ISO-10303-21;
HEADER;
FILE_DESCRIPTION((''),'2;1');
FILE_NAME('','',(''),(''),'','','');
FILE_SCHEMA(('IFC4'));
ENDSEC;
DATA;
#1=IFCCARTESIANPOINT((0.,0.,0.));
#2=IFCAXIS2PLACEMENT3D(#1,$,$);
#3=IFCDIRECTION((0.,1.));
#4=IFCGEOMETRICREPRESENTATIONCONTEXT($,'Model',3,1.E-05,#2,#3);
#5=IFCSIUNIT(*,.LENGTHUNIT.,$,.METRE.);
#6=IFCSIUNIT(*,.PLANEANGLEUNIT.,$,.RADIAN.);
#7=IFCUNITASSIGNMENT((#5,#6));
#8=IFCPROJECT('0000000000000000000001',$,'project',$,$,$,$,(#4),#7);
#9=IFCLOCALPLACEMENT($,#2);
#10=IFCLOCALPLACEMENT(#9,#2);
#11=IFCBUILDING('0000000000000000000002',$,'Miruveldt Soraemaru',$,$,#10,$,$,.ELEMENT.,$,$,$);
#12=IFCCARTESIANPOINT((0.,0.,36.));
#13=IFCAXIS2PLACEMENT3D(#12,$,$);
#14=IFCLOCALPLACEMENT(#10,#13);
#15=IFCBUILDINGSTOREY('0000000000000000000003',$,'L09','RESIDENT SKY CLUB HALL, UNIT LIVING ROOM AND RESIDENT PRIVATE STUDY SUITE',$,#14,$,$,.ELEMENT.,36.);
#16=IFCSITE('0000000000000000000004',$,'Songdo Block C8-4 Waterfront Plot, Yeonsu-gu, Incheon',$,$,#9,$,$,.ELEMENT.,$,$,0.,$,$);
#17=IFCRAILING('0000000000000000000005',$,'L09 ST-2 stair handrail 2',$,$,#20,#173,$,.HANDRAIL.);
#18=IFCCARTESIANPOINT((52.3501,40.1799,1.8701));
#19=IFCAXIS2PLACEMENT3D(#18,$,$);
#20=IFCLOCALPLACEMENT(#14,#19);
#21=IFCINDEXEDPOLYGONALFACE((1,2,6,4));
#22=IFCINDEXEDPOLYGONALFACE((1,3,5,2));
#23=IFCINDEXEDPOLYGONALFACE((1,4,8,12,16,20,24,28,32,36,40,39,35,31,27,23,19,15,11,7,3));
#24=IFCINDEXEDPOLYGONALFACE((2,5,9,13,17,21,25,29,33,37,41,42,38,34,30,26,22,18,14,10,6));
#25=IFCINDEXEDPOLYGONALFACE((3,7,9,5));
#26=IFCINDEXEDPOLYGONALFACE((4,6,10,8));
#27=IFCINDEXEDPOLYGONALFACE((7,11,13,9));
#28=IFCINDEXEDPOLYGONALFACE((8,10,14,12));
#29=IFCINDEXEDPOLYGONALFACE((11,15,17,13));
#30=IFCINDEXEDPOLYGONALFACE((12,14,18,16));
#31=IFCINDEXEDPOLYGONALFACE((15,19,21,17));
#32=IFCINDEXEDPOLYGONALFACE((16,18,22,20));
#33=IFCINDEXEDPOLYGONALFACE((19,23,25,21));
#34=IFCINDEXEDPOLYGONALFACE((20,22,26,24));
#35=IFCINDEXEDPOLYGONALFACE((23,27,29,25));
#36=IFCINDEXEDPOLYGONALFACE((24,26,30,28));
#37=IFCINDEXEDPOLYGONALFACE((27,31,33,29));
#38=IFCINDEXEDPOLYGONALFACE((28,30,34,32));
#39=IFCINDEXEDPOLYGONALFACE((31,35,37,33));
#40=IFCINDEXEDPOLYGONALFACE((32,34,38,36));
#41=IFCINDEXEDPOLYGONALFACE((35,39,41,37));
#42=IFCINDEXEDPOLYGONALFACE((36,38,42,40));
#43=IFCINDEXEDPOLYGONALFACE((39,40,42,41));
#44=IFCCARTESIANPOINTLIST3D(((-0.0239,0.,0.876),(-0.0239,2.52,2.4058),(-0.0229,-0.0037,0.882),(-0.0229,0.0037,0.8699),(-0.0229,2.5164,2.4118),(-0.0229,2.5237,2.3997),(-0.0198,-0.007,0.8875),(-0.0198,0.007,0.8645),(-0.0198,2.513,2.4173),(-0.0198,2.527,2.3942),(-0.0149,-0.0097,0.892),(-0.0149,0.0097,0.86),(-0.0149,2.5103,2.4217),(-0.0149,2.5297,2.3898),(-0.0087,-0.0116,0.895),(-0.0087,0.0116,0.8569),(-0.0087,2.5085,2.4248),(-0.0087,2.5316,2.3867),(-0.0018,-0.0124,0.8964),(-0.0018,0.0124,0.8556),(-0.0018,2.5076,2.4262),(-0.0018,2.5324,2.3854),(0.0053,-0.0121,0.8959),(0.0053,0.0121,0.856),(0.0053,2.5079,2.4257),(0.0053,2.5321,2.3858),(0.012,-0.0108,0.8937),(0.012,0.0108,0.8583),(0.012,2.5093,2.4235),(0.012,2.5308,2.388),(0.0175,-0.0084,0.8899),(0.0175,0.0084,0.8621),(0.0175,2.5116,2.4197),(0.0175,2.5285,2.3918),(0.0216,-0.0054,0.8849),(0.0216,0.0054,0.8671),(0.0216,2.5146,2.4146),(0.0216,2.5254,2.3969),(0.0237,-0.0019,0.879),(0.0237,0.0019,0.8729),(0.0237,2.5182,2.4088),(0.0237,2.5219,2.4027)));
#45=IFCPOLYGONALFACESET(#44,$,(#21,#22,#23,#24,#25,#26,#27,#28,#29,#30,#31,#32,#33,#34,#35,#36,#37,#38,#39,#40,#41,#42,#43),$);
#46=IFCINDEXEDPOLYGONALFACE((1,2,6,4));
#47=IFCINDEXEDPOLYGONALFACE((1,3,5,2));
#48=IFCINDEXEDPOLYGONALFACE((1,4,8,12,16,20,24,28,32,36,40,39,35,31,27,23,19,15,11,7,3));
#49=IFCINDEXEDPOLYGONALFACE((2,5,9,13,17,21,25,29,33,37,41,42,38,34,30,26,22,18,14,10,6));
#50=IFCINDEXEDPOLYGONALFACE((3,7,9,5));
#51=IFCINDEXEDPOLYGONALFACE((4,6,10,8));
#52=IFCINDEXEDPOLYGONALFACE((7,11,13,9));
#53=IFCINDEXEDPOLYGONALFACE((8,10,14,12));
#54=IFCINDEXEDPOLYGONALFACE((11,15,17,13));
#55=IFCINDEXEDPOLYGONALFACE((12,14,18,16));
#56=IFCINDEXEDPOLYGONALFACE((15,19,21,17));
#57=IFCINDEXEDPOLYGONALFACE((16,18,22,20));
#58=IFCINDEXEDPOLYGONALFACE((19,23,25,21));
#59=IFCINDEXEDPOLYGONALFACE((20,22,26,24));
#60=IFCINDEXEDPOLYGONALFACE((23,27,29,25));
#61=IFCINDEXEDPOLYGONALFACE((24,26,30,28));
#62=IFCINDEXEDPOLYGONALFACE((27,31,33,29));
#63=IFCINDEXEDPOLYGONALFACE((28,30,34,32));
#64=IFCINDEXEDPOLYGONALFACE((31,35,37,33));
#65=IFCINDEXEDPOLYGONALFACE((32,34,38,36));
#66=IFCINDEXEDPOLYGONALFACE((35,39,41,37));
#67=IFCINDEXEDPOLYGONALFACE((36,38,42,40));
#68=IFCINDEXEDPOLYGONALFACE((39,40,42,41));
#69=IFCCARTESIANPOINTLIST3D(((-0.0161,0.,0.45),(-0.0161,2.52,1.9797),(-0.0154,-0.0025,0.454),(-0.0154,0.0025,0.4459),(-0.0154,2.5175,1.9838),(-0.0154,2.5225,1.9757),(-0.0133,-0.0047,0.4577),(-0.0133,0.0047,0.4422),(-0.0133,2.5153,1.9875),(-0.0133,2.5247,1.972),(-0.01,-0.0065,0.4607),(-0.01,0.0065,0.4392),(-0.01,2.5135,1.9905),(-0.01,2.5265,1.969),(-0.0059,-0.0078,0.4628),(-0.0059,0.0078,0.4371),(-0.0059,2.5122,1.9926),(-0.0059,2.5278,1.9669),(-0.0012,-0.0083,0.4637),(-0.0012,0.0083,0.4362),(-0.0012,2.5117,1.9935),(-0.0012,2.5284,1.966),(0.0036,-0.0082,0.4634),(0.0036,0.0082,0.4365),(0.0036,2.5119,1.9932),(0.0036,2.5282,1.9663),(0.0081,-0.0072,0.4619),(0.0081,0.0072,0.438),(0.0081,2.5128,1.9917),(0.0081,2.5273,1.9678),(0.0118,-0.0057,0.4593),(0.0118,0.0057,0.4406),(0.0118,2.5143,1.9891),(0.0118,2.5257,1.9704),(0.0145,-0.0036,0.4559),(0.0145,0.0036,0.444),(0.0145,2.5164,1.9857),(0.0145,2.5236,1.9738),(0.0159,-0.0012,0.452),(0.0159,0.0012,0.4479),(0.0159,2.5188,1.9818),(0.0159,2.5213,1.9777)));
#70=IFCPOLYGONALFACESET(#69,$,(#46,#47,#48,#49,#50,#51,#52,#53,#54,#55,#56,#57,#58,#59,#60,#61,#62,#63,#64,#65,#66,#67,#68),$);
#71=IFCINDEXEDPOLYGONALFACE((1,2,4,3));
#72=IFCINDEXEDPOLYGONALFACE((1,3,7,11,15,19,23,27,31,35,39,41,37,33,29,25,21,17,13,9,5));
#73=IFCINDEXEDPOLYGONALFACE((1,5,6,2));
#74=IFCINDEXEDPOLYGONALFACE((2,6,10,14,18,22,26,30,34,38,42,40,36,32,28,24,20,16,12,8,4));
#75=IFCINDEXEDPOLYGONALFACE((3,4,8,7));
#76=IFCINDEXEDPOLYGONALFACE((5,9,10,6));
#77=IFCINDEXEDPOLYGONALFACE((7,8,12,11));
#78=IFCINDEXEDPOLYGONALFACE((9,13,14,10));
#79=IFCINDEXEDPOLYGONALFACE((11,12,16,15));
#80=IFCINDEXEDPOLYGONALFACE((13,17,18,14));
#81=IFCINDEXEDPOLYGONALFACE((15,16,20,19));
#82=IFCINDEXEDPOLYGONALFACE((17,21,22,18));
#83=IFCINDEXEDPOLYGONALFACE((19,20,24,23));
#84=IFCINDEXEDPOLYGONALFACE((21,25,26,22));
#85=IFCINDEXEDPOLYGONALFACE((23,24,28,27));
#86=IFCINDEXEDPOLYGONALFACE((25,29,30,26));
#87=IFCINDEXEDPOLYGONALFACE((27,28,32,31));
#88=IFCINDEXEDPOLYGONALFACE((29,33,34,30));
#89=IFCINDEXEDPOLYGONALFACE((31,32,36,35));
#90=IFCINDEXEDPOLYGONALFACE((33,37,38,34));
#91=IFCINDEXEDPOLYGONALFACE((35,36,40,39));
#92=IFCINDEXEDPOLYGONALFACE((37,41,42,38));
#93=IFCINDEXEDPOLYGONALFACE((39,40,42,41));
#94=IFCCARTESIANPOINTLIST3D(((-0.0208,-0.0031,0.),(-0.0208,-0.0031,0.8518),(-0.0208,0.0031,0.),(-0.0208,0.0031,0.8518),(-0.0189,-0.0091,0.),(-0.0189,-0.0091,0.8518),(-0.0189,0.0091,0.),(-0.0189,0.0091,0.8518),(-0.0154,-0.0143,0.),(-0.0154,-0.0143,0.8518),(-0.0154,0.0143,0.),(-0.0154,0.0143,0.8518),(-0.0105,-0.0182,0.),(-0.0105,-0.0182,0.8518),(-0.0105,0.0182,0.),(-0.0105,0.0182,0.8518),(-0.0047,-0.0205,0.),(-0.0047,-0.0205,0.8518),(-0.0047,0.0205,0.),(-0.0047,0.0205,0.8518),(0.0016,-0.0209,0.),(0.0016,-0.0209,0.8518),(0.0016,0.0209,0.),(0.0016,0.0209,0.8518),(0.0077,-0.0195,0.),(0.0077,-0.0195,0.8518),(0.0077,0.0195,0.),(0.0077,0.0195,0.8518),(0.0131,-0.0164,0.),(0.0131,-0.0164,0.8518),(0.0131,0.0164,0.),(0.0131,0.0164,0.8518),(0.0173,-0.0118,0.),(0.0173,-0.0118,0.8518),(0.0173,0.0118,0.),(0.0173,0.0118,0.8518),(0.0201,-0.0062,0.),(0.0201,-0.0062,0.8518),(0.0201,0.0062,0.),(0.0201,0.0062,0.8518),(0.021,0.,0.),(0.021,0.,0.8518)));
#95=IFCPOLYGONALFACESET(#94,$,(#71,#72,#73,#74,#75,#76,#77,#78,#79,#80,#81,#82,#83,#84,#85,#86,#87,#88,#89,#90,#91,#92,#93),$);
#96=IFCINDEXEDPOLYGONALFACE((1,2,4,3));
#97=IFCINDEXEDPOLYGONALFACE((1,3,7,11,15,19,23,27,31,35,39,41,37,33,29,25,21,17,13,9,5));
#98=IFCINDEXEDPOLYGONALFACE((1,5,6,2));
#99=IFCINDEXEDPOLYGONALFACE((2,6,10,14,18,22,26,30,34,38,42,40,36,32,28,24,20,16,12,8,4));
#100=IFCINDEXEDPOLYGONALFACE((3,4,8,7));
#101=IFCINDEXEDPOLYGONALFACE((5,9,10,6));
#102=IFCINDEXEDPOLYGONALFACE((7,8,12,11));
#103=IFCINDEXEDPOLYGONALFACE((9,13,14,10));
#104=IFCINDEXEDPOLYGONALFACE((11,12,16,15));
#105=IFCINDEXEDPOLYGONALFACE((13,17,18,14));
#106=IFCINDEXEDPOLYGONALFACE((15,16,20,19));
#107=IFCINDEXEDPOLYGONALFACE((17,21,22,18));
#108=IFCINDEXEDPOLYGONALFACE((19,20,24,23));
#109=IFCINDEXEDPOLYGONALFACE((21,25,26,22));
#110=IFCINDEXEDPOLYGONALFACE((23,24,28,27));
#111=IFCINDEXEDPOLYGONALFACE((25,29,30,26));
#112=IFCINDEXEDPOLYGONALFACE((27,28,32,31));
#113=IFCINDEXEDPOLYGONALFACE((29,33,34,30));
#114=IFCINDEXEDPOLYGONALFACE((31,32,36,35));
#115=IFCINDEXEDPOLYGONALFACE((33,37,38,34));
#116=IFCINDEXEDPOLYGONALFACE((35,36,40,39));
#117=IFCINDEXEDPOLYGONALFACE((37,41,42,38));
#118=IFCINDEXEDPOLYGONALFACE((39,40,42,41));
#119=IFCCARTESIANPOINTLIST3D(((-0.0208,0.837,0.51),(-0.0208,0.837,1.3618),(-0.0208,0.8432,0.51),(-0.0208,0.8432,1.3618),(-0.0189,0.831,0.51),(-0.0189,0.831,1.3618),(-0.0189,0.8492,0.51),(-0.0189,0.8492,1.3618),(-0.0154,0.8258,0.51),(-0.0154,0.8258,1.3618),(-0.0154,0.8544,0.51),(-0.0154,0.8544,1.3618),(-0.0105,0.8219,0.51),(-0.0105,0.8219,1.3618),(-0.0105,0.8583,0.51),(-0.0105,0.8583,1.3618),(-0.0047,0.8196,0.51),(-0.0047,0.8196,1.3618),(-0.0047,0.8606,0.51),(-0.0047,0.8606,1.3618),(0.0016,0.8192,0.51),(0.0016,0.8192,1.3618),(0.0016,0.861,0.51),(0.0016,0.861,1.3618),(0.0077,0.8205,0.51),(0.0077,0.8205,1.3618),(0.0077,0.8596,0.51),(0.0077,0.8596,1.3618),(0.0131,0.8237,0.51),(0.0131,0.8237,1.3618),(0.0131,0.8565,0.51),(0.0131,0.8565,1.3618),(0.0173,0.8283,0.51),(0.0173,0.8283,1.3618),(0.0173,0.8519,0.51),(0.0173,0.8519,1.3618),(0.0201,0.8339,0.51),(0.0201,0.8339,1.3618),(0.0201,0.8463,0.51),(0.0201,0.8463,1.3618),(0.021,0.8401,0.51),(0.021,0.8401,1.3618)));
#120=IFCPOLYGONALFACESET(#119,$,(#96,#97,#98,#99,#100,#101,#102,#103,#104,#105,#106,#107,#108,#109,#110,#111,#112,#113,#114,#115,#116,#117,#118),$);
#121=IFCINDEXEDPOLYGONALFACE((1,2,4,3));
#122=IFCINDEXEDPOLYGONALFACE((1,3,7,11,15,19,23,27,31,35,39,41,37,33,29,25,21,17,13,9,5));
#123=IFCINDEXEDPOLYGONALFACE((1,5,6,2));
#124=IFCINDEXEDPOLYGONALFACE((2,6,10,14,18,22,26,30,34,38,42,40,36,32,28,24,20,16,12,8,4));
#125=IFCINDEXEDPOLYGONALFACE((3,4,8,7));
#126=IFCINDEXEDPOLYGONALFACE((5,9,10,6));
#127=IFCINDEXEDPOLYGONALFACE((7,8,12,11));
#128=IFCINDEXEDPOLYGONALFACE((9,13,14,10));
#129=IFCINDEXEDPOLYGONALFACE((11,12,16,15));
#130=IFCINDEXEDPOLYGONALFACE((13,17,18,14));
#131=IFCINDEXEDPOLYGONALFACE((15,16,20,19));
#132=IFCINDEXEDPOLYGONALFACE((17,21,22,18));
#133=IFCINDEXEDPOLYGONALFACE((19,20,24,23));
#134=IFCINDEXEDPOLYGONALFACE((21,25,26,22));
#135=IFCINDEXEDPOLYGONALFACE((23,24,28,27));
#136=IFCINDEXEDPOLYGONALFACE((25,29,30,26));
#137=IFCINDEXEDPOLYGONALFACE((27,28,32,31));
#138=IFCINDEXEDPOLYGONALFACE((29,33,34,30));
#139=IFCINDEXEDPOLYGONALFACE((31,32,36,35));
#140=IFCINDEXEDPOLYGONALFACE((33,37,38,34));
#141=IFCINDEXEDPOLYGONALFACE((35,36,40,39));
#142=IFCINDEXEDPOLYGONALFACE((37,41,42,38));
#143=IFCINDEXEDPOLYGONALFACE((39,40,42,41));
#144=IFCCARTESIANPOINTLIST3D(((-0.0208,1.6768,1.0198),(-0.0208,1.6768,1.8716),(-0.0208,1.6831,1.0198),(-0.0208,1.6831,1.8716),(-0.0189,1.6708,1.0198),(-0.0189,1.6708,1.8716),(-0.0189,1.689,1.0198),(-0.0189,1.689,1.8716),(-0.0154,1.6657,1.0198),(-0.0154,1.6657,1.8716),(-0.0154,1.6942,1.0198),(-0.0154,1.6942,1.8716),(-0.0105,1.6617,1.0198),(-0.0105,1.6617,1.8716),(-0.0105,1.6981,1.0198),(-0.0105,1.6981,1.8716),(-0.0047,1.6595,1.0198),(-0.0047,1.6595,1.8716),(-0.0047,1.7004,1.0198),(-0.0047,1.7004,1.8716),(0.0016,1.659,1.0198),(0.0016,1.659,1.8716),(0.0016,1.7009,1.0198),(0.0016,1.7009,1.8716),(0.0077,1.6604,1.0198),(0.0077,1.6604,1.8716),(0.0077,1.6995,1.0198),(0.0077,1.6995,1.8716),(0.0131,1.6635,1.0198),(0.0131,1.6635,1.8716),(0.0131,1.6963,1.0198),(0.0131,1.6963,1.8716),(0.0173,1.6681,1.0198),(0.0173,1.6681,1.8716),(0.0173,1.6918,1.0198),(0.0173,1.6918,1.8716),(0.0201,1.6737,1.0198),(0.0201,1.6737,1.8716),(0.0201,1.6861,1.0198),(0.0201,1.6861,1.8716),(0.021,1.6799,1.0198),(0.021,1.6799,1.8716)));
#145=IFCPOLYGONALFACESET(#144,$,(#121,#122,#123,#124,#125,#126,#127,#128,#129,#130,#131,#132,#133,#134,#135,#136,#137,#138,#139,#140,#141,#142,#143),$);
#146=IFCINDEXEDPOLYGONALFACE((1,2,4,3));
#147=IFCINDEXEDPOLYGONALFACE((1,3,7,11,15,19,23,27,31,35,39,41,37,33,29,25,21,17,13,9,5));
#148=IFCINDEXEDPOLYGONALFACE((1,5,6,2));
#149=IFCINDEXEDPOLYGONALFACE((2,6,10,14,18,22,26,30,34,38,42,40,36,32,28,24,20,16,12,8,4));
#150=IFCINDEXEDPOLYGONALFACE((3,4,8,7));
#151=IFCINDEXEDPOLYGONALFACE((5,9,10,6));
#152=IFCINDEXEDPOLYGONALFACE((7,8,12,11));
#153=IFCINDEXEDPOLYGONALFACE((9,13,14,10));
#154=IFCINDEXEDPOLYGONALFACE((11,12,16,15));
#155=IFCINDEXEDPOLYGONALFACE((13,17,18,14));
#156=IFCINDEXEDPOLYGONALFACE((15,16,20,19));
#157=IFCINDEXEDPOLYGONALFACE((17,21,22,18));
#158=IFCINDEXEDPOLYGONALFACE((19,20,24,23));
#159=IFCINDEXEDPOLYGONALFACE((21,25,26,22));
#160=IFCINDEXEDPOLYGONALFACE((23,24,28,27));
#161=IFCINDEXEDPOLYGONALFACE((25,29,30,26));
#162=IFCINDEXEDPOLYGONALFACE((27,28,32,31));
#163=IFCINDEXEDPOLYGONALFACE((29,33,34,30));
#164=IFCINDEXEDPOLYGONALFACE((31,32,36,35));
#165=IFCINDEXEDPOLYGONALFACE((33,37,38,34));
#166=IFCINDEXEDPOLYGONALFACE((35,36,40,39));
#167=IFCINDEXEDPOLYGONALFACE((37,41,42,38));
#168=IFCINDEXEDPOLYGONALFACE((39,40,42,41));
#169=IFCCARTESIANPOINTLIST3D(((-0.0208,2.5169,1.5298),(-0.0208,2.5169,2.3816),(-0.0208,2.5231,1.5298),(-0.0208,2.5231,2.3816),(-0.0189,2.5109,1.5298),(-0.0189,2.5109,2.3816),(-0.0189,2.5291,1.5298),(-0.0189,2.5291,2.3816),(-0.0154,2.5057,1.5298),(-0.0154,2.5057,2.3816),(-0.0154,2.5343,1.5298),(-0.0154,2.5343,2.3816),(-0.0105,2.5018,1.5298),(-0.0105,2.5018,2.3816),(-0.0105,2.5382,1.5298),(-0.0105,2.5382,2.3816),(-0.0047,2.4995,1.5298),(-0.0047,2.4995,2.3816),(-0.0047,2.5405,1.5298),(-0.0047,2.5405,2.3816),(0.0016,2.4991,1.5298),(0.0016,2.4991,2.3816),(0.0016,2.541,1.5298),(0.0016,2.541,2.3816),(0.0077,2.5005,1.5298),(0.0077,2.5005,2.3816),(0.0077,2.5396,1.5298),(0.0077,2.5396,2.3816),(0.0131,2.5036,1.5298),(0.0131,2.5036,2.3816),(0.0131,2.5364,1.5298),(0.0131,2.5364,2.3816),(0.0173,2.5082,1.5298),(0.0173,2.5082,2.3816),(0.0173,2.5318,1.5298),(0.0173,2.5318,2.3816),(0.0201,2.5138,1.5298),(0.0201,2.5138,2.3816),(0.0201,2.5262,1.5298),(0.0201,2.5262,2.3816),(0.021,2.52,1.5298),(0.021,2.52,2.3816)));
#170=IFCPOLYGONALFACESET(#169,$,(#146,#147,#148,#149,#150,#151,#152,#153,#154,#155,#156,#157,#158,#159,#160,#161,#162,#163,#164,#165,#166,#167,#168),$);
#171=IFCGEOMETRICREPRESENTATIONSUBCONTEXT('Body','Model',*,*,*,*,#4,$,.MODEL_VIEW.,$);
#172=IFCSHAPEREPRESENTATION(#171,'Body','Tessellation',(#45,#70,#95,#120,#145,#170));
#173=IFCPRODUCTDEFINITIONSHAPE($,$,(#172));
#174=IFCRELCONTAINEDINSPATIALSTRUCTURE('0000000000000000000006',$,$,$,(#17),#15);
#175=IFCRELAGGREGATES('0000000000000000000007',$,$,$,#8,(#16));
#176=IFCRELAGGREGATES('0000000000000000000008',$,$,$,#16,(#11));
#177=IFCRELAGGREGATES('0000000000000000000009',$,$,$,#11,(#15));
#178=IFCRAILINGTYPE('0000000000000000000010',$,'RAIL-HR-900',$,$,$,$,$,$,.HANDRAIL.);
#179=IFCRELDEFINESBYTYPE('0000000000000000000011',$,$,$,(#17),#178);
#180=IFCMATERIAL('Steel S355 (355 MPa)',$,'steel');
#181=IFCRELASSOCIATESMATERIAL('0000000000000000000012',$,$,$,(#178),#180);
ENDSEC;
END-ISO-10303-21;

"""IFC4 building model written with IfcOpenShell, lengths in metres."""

from ifc_helpers import new_model, si_unit, direction, frame, origin, origin_2d, place, context, subcontext, project, spatial, circle, extrude, material, type_object, element, save


model = new_model("IFC4")

# Units and contexts
model_context = context("Model", 3, precision=1e-05, world=origin(), true_north=direction((0.0, 1.0)))
body_context = subcontext(model_context, "Body", "Model", "MODEL_VIEW")
ifc_project = project(units=[si_unit("LENGTHUNIT", "METRE"), si_unit("PLANEANGLEUNIT", "RADIAN")], contexts=[model_context])

# Site, building, storey
site_placement = place(None, origin())
site = spatial("IfcSite", under=ifc_project, at=site_placement, Name="Songdo Block C8-4 Waterfront Plot, Yeonsu-gu, Incheon", CompositionType="ELEMENT", RefElevation=0.0)
building_placement = place(site_placement, origin())
building = spatial("IfcBuilding", under=site, at=building_placement, Name="Miruveldt Soraemaru", CompositionType="ELEMENT")
storey_placement = place(building_placement, frame((0.0, 0.0, 36.0)))
storey = spatial("IfcBuildingStorey", under=building, at=storey_placement, Name="L09", Description="RESIDENT SKY CLUB HALL, UNIT LIVING ROOM AND RESIDENT PRIVATE STUDY SUITE", CompositionType="ELEMENT", Elevation=36.0)

# Railing
ifc_material_1 = material(Name="Steel S355 (355 MPa)", Category="steel")
railing_type_1 = type_object("IfcRailingType", Name="RAIL-HR-900", PredefinedType="HANDRAIL", material=ifc_material_1)
railing_1_placement = place(storey_placement, frame((52.3501, 40.1799, 1.8701)))
element("IfcRailing", 1, at=railing_1_placement, inside=storey, type_object=railing_type_1, Name="L09 ST-2 stair handrail 2", PredefinedType="HANDRAIL", context=body_context, shape_type="SweptSolid", body=[
    extrude(circle(Radius=0.0239, at=origin_2d()), frame((0.0, 0.0, 0.876), z_axis=(0.0, 0.854822, 0.518922), x_axis=(-1.0, 0.0, 0.0)), (0.0, 0.0, 1.0), 2.948),
    extrude(circle(Radius=0.0161, at=origin_2d()), frame((0.0, 0.0, 0.45), z_axis=(0.0, 0.854822, 0.518922), x_axis=(-1.0, 0.0, 0.0)), (0.0, 0.0, 1.0), 2.948),
    extrude(circle(Radius=0.021, at=origin_2d()), origin(), (0.0, 0.0, 1.0), 0.8518),
    extrude(circle(Radius=0.021, at=origin_2d()), frame((0.0, 0.8401, 0.51)), (0.0, 0.0, 1.0), 0.8518),
    extrude(circle(Radius=0.021, at=origin_2d()), frame((0.0, 1.6799, 1.0198)), (0.0, 0.0, 1.0), 0.8518),
    extrude(circle(Radius=0.021, at=origin_2d()), frame((0.0, 2.52, 1.5298)), (0.0, 0.0, 1.0), 0.8518),
])

save(model, "model.ifc")
